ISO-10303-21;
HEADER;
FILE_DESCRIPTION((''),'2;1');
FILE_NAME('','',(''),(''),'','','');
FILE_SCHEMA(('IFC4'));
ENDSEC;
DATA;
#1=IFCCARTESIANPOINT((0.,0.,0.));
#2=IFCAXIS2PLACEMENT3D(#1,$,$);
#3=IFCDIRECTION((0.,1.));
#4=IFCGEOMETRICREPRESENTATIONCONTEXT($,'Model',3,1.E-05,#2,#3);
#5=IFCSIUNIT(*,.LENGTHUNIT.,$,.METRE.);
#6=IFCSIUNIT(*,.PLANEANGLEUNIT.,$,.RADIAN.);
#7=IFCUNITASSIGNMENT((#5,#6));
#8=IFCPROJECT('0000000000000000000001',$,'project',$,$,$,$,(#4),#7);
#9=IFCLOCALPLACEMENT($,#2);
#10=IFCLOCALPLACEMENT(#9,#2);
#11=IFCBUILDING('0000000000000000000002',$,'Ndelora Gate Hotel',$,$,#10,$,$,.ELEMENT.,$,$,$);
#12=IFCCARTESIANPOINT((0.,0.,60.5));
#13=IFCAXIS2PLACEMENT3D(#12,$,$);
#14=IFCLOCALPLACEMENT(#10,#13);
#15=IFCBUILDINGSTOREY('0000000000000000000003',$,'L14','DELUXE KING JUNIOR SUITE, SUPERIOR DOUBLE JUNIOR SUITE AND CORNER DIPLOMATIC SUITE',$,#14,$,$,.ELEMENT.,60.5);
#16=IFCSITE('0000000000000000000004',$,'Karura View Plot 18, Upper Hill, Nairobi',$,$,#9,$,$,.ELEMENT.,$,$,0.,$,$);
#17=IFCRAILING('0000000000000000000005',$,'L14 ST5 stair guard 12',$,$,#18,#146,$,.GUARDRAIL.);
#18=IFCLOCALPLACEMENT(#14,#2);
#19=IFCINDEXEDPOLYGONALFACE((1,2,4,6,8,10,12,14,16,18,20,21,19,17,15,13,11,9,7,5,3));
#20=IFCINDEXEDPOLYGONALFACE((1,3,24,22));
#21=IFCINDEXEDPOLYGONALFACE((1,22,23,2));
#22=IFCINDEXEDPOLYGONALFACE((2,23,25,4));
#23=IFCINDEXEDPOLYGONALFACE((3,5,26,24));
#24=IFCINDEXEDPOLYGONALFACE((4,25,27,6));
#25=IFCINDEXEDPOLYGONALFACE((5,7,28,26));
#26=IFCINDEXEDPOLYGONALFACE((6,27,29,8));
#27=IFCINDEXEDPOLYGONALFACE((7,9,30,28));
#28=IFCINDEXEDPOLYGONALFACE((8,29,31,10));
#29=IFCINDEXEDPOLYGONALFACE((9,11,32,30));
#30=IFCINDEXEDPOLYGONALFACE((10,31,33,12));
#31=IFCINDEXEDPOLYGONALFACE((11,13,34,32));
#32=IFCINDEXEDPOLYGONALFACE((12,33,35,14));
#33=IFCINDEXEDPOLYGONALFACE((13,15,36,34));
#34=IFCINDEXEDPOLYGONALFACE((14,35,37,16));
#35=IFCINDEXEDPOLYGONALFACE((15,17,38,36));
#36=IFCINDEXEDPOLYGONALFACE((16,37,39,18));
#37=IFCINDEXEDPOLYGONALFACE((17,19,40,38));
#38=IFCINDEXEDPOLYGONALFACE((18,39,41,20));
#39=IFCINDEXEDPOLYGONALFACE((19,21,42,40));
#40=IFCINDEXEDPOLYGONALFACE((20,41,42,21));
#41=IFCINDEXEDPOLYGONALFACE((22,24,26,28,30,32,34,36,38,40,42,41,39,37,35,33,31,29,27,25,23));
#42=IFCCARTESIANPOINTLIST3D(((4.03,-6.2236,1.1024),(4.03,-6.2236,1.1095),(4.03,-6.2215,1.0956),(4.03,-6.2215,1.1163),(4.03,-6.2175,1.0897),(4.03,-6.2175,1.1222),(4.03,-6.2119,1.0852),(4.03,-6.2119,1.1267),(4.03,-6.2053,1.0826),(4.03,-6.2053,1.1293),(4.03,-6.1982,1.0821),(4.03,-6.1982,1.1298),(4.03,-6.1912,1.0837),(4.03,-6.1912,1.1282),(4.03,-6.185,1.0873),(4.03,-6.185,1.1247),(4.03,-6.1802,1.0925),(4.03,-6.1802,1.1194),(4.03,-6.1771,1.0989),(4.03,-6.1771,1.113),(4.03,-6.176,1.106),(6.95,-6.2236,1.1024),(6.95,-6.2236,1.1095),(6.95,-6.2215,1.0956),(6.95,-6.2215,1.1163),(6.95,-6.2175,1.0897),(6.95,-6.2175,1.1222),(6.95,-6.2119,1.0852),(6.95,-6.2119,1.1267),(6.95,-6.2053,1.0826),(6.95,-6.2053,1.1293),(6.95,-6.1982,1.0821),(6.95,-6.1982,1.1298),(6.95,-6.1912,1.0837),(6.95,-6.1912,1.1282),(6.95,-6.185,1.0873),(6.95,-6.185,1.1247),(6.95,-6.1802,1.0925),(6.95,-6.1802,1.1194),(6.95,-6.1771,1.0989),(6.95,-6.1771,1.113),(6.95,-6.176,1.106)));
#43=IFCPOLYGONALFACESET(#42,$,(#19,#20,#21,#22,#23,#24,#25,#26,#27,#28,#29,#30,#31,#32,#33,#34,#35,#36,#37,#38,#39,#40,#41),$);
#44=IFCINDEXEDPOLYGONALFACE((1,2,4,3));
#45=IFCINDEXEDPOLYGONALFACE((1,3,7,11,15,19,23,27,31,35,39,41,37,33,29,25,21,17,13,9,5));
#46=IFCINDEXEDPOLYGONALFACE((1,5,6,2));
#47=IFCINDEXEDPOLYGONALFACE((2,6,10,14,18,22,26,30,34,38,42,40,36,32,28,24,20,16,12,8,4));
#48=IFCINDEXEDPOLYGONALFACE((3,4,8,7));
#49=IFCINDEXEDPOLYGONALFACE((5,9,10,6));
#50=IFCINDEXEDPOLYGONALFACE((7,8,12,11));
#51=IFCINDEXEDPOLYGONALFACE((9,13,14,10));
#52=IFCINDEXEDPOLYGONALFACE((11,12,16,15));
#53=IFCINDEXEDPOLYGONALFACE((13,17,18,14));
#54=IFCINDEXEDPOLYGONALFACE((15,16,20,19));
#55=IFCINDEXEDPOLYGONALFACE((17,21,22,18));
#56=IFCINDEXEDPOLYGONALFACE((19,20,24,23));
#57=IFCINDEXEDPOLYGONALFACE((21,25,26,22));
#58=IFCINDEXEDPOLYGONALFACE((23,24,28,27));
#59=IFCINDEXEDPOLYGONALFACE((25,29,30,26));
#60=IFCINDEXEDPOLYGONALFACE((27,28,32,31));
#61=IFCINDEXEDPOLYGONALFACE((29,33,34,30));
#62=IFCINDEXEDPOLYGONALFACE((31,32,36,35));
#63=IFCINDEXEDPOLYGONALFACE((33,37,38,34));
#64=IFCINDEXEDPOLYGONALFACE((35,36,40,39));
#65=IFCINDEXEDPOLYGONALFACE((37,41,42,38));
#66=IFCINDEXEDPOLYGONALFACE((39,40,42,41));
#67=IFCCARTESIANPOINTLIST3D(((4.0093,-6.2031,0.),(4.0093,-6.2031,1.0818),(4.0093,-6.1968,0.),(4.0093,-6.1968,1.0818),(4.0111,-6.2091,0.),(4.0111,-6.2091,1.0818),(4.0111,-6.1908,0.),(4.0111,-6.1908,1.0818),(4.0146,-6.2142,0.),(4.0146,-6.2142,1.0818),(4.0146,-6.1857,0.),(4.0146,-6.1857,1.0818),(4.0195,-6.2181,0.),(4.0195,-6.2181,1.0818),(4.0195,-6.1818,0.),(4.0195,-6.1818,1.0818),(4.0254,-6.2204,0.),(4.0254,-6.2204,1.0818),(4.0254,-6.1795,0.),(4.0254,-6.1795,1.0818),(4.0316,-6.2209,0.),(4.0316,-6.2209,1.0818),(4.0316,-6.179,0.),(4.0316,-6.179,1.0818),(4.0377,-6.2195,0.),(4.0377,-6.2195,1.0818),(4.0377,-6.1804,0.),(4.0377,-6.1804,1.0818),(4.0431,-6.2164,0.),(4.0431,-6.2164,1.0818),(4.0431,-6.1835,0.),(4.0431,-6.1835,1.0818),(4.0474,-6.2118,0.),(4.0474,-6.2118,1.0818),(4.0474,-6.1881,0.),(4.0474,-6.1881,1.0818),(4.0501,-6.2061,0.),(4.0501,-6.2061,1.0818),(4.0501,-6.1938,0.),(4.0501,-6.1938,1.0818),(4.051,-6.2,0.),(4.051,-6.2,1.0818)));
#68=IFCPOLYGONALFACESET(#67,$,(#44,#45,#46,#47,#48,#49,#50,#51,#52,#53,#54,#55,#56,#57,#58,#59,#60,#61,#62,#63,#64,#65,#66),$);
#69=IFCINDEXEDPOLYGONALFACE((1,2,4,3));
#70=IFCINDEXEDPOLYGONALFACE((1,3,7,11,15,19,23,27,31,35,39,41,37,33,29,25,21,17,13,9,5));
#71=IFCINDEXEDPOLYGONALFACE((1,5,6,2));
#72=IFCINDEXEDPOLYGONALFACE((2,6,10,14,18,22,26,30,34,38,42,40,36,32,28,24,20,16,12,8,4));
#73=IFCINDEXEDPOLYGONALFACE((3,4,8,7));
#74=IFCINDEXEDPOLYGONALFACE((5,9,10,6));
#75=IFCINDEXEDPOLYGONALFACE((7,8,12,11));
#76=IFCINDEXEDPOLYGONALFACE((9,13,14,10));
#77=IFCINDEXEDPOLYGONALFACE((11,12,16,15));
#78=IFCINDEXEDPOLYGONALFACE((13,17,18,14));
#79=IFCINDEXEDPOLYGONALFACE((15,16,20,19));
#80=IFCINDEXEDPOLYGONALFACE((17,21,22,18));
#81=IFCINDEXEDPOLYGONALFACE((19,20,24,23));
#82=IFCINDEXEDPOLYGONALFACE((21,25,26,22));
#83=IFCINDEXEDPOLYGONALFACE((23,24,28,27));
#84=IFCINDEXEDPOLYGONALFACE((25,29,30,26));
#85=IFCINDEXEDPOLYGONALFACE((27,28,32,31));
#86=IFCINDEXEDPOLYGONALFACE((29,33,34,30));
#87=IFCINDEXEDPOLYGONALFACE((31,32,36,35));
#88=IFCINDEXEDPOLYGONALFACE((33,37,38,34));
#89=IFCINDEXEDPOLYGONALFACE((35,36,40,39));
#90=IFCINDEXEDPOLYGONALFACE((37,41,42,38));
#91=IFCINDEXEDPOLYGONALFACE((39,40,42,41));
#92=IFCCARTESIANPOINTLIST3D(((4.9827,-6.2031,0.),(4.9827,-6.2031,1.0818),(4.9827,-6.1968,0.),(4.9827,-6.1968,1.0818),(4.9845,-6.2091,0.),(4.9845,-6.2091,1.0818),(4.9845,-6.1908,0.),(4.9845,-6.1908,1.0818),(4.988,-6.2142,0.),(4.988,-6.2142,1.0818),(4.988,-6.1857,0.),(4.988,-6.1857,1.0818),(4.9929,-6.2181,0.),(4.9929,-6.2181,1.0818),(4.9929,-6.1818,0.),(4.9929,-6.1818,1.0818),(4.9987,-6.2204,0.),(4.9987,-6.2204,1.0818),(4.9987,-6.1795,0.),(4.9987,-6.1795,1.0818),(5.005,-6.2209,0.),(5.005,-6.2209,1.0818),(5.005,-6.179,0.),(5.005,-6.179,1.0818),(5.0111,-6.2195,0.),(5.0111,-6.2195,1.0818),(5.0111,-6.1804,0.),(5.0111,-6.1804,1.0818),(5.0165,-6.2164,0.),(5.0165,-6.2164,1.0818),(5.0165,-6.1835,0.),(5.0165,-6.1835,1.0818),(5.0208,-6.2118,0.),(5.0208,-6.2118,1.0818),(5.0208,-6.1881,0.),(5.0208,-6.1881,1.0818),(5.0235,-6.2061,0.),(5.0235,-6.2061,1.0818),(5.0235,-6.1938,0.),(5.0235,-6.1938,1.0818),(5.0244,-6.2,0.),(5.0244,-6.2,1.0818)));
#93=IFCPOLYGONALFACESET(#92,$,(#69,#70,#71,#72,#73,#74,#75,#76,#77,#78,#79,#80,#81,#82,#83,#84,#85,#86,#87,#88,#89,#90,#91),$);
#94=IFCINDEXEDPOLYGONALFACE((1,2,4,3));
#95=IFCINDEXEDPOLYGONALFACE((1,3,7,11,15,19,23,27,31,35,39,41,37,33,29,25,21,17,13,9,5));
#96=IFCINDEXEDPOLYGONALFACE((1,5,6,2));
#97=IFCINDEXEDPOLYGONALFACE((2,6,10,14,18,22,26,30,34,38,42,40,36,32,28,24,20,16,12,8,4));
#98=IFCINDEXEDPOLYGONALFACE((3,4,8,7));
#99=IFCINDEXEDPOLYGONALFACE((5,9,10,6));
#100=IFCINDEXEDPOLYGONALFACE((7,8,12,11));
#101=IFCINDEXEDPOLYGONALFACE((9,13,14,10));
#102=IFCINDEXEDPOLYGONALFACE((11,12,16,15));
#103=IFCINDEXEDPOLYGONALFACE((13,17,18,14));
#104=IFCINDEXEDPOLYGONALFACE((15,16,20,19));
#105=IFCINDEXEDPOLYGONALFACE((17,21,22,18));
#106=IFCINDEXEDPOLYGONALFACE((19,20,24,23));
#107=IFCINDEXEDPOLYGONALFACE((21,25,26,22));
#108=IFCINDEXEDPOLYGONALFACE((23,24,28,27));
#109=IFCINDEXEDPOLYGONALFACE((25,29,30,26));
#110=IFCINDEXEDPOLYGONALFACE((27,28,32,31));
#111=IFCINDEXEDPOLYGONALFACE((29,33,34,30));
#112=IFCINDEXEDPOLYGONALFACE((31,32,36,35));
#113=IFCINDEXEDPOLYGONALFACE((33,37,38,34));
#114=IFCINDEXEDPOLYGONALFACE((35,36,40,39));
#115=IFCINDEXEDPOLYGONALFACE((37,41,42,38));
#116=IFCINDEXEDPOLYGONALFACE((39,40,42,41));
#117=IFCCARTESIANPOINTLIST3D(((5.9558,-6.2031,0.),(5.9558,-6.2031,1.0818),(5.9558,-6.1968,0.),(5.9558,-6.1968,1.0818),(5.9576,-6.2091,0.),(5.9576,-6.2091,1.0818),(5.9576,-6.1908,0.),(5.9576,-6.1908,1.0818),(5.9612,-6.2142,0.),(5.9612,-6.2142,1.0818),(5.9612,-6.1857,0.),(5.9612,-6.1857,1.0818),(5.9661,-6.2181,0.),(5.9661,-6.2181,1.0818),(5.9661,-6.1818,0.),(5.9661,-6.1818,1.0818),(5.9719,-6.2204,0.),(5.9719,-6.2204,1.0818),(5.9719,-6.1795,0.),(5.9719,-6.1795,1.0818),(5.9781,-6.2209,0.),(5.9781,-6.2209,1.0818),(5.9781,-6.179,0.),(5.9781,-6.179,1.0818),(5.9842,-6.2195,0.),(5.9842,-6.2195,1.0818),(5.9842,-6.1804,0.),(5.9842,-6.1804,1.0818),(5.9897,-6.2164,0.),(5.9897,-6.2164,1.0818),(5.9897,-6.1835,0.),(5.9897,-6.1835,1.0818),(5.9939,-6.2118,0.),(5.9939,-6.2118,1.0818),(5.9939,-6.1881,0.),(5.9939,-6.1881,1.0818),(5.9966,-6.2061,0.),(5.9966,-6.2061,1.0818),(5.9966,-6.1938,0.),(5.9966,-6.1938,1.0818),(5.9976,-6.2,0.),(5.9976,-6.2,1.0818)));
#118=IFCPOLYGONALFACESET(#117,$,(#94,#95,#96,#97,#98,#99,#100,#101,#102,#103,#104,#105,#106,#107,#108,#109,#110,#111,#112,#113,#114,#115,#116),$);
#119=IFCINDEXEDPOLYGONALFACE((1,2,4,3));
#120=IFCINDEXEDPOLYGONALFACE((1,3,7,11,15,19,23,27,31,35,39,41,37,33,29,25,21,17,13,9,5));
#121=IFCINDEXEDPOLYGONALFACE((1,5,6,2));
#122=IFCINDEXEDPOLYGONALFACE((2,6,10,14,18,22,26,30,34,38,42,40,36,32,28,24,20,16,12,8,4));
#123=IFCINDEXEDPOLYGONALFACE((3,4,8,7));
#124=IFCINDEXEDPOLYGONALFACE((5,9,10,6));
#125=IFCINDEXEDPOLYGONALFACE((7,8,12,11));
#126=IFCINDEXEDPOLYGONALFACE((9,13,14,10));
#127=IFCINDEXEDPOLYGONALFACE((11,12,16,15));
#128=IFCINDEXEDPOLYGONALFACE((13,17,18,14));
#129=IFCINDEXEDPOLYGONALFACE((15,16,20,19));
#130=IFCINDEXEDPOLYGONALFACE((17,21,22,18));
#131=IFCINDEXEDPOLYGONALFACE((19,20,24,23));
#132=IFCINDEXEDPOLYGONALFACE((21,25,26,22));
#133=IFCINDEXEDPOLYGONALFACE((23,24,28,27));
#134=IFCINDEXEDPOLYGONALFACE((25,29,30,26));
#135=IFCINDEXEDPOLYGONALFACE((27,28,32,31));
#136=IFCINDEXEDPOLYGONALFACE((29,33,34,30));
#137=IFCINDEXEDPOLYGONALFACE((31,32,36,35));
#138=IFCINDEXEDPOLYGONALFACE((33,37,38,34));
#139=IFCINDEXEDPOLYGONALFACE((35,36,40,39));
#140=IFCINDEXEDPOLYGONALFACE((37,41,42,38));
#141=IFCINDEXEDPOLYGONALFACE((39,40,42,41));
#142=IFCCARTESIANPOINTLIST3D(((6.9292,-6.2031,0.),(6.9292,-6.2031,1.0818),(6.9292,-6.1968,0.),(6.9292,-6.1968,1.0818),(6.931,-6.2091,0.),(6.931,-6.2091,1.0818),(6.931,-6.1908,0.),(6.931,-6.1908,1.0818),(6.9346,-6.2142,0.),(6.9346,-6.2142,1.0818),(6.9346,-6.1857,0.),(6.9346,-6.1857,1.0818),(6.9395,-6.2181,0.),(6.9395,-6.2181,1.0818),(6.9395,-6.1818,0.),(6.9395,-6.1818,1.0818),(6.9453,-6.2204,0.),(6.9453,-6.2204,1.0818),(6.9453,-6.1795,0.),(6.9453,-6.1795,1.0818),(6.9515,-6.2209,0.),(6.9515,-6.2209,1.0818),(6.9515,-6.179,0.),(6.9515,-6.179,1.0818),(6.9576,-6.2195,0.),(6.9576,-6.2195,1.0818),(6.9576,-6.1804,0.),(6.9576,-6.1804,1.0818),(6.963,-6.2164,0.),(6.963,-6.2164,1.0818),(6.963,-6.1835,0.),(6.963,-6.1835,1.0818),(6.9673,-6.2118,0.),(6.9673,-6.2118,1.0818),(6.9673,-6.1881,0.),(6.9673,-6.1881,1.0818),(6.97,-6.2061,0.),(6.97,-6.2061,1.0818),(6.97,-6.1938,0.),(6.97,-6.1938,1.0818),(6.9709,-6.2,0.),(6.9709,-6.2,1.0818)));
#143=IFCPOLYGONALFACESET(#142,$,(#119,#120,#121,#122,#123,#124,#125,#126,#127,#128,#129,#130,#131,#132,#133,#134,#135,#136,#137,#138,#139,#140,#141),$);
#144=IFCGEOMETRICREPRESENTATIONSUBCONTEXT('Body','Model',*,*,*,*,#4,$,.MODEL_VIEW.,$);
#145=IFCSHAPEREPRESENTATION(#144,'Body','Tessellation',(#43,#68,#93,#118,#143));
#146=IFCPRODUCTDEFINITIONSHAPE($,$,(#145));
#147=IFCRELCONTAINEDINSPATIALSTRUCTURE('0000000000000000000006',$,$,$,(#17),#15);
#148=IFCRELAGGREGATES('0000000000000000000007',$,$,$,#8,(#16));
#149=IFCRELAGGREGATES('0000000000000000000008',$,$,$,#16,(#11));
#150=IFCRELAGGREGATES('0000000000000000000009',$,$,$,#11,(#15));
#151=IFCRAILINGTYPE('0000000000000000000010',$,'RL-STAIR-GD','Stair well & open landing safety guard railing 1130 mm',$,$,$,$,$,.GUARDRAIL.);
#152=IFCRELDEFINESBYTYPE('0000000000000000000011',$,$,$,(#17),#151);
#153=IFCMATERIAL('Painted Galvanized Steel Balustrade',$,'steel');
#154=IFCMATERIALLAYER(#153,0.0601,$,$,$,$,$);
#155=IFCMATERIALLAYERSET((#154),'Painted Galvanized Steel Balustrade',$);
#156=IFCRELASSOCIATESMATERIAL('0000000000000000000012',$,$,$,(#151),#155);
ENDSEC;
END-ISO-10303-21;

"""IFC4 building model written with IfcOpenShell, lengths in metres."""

from ifc_helpers import new_model, si_unit, direction, frame, origin, origin_2d, place, context, subcontext, project, spatial, circle, extrude, material, layer, layer_set, type_object, element, save


model = new_model("IFC4")

# Units and contexts
model_context = context("Model", 3, precision=1e-05, world=origin(), true_north=direction((0.0, 1.0)))
body_context = subcontext(model_context, "Body", "Model", "MODEL_VIEW")
ifc_project = project(units=[si_unit("LENGTHUNIT", "METRE"), si_unit("PLANEANGLEUNIT", "RADIAN")], contexts=[model_context])

# Site, building, storey
site_placement = place(None, origin())
site = spatial("IfcSite", under=ifc_project, at=site_placement, Name="Karura View Plot 18, Upper Hill, Nairobi", CompositionType="ELEMENT", RefElevation=0.0)
building_placement = place(site_placement, origin())
building = spatial("IfcBuilding", under=site, at=building_placement, Name="Ndelora Gate Hotel", CompositionType="ELEMENT")
storey_placement = place(building_placement, frame((0.0, 0.0, 60.5)))
storey = spatial("IfcBuildingStorey", under=building, at=storey_placement, Name="L14", Description="DELUXE KING JUNIOR SUITE, SUPERIOR DOUBLE JUNIOR SUITE AND CORNER DIPLOMATIC SUITE", CompositionType="ELEMENT", Elevation=60.5)

# Railing
ifc_material_1 = material(Name="Painted Galvanized Steel Balustrade", Category="steel")
ifc_layer_1 = layer(ifc_material_1, 0.0601)
ifc_layer_set_1 = layer_set([ifc_layer_1], Name="Painted Galvanized Steel Balustrade")
railing_type = type_object("IfcRailingType", Name="RL-STAIR-GD", Description="Stair well & open landing safety guard railing 1130 mm", PredefinedType="GUARDRAIL", material=ifc_layer_set_1)
railing_1_placement = place(storey_placement, frame((4.03, -6.2, 0.0)))
element("IfcRailing", 1, at=railing_1_placement, inside=storey, type_object=railing_type, Name="L14 ST5 stair guard 12", PredefinedType="GUARDRAIL", context=body_context, shape_type="SweptSolid", body=[
    extrude(circle(Radius=0.0239, at=origin_2d()), frame((0.0, 0.0, 1.106), z_axis=(1.0, 0.0, 0.0), x_axis=(0.0, 1.0, 0.0)), (0.0, 0.0, 1.0), 2.9199),
    extrude(circle(Radius=0.021, at=origin_2d()), origin(), (0.0, 0.0, 1.0), 1.0818),
    extrude(circle(Radius=0.021, at=origin_2d()), frame((0.9734, 0.0, 0.0)), (0.0, 0.0, 1.0), 1.0818),
    extrude(circle(Radius=0.021, at=origin_2d()), frame((1.9465, 0.0, 0.0)), (0.0, 0.0, 1.0), 1.0818),
    extrude(circle(Radius=0.021, at=origin_2d()), frame((2.9199, 0.0, 0.0)), (0.0, 0.0, 1.0), 1.0818),
])

save(model, "model.ifc")
